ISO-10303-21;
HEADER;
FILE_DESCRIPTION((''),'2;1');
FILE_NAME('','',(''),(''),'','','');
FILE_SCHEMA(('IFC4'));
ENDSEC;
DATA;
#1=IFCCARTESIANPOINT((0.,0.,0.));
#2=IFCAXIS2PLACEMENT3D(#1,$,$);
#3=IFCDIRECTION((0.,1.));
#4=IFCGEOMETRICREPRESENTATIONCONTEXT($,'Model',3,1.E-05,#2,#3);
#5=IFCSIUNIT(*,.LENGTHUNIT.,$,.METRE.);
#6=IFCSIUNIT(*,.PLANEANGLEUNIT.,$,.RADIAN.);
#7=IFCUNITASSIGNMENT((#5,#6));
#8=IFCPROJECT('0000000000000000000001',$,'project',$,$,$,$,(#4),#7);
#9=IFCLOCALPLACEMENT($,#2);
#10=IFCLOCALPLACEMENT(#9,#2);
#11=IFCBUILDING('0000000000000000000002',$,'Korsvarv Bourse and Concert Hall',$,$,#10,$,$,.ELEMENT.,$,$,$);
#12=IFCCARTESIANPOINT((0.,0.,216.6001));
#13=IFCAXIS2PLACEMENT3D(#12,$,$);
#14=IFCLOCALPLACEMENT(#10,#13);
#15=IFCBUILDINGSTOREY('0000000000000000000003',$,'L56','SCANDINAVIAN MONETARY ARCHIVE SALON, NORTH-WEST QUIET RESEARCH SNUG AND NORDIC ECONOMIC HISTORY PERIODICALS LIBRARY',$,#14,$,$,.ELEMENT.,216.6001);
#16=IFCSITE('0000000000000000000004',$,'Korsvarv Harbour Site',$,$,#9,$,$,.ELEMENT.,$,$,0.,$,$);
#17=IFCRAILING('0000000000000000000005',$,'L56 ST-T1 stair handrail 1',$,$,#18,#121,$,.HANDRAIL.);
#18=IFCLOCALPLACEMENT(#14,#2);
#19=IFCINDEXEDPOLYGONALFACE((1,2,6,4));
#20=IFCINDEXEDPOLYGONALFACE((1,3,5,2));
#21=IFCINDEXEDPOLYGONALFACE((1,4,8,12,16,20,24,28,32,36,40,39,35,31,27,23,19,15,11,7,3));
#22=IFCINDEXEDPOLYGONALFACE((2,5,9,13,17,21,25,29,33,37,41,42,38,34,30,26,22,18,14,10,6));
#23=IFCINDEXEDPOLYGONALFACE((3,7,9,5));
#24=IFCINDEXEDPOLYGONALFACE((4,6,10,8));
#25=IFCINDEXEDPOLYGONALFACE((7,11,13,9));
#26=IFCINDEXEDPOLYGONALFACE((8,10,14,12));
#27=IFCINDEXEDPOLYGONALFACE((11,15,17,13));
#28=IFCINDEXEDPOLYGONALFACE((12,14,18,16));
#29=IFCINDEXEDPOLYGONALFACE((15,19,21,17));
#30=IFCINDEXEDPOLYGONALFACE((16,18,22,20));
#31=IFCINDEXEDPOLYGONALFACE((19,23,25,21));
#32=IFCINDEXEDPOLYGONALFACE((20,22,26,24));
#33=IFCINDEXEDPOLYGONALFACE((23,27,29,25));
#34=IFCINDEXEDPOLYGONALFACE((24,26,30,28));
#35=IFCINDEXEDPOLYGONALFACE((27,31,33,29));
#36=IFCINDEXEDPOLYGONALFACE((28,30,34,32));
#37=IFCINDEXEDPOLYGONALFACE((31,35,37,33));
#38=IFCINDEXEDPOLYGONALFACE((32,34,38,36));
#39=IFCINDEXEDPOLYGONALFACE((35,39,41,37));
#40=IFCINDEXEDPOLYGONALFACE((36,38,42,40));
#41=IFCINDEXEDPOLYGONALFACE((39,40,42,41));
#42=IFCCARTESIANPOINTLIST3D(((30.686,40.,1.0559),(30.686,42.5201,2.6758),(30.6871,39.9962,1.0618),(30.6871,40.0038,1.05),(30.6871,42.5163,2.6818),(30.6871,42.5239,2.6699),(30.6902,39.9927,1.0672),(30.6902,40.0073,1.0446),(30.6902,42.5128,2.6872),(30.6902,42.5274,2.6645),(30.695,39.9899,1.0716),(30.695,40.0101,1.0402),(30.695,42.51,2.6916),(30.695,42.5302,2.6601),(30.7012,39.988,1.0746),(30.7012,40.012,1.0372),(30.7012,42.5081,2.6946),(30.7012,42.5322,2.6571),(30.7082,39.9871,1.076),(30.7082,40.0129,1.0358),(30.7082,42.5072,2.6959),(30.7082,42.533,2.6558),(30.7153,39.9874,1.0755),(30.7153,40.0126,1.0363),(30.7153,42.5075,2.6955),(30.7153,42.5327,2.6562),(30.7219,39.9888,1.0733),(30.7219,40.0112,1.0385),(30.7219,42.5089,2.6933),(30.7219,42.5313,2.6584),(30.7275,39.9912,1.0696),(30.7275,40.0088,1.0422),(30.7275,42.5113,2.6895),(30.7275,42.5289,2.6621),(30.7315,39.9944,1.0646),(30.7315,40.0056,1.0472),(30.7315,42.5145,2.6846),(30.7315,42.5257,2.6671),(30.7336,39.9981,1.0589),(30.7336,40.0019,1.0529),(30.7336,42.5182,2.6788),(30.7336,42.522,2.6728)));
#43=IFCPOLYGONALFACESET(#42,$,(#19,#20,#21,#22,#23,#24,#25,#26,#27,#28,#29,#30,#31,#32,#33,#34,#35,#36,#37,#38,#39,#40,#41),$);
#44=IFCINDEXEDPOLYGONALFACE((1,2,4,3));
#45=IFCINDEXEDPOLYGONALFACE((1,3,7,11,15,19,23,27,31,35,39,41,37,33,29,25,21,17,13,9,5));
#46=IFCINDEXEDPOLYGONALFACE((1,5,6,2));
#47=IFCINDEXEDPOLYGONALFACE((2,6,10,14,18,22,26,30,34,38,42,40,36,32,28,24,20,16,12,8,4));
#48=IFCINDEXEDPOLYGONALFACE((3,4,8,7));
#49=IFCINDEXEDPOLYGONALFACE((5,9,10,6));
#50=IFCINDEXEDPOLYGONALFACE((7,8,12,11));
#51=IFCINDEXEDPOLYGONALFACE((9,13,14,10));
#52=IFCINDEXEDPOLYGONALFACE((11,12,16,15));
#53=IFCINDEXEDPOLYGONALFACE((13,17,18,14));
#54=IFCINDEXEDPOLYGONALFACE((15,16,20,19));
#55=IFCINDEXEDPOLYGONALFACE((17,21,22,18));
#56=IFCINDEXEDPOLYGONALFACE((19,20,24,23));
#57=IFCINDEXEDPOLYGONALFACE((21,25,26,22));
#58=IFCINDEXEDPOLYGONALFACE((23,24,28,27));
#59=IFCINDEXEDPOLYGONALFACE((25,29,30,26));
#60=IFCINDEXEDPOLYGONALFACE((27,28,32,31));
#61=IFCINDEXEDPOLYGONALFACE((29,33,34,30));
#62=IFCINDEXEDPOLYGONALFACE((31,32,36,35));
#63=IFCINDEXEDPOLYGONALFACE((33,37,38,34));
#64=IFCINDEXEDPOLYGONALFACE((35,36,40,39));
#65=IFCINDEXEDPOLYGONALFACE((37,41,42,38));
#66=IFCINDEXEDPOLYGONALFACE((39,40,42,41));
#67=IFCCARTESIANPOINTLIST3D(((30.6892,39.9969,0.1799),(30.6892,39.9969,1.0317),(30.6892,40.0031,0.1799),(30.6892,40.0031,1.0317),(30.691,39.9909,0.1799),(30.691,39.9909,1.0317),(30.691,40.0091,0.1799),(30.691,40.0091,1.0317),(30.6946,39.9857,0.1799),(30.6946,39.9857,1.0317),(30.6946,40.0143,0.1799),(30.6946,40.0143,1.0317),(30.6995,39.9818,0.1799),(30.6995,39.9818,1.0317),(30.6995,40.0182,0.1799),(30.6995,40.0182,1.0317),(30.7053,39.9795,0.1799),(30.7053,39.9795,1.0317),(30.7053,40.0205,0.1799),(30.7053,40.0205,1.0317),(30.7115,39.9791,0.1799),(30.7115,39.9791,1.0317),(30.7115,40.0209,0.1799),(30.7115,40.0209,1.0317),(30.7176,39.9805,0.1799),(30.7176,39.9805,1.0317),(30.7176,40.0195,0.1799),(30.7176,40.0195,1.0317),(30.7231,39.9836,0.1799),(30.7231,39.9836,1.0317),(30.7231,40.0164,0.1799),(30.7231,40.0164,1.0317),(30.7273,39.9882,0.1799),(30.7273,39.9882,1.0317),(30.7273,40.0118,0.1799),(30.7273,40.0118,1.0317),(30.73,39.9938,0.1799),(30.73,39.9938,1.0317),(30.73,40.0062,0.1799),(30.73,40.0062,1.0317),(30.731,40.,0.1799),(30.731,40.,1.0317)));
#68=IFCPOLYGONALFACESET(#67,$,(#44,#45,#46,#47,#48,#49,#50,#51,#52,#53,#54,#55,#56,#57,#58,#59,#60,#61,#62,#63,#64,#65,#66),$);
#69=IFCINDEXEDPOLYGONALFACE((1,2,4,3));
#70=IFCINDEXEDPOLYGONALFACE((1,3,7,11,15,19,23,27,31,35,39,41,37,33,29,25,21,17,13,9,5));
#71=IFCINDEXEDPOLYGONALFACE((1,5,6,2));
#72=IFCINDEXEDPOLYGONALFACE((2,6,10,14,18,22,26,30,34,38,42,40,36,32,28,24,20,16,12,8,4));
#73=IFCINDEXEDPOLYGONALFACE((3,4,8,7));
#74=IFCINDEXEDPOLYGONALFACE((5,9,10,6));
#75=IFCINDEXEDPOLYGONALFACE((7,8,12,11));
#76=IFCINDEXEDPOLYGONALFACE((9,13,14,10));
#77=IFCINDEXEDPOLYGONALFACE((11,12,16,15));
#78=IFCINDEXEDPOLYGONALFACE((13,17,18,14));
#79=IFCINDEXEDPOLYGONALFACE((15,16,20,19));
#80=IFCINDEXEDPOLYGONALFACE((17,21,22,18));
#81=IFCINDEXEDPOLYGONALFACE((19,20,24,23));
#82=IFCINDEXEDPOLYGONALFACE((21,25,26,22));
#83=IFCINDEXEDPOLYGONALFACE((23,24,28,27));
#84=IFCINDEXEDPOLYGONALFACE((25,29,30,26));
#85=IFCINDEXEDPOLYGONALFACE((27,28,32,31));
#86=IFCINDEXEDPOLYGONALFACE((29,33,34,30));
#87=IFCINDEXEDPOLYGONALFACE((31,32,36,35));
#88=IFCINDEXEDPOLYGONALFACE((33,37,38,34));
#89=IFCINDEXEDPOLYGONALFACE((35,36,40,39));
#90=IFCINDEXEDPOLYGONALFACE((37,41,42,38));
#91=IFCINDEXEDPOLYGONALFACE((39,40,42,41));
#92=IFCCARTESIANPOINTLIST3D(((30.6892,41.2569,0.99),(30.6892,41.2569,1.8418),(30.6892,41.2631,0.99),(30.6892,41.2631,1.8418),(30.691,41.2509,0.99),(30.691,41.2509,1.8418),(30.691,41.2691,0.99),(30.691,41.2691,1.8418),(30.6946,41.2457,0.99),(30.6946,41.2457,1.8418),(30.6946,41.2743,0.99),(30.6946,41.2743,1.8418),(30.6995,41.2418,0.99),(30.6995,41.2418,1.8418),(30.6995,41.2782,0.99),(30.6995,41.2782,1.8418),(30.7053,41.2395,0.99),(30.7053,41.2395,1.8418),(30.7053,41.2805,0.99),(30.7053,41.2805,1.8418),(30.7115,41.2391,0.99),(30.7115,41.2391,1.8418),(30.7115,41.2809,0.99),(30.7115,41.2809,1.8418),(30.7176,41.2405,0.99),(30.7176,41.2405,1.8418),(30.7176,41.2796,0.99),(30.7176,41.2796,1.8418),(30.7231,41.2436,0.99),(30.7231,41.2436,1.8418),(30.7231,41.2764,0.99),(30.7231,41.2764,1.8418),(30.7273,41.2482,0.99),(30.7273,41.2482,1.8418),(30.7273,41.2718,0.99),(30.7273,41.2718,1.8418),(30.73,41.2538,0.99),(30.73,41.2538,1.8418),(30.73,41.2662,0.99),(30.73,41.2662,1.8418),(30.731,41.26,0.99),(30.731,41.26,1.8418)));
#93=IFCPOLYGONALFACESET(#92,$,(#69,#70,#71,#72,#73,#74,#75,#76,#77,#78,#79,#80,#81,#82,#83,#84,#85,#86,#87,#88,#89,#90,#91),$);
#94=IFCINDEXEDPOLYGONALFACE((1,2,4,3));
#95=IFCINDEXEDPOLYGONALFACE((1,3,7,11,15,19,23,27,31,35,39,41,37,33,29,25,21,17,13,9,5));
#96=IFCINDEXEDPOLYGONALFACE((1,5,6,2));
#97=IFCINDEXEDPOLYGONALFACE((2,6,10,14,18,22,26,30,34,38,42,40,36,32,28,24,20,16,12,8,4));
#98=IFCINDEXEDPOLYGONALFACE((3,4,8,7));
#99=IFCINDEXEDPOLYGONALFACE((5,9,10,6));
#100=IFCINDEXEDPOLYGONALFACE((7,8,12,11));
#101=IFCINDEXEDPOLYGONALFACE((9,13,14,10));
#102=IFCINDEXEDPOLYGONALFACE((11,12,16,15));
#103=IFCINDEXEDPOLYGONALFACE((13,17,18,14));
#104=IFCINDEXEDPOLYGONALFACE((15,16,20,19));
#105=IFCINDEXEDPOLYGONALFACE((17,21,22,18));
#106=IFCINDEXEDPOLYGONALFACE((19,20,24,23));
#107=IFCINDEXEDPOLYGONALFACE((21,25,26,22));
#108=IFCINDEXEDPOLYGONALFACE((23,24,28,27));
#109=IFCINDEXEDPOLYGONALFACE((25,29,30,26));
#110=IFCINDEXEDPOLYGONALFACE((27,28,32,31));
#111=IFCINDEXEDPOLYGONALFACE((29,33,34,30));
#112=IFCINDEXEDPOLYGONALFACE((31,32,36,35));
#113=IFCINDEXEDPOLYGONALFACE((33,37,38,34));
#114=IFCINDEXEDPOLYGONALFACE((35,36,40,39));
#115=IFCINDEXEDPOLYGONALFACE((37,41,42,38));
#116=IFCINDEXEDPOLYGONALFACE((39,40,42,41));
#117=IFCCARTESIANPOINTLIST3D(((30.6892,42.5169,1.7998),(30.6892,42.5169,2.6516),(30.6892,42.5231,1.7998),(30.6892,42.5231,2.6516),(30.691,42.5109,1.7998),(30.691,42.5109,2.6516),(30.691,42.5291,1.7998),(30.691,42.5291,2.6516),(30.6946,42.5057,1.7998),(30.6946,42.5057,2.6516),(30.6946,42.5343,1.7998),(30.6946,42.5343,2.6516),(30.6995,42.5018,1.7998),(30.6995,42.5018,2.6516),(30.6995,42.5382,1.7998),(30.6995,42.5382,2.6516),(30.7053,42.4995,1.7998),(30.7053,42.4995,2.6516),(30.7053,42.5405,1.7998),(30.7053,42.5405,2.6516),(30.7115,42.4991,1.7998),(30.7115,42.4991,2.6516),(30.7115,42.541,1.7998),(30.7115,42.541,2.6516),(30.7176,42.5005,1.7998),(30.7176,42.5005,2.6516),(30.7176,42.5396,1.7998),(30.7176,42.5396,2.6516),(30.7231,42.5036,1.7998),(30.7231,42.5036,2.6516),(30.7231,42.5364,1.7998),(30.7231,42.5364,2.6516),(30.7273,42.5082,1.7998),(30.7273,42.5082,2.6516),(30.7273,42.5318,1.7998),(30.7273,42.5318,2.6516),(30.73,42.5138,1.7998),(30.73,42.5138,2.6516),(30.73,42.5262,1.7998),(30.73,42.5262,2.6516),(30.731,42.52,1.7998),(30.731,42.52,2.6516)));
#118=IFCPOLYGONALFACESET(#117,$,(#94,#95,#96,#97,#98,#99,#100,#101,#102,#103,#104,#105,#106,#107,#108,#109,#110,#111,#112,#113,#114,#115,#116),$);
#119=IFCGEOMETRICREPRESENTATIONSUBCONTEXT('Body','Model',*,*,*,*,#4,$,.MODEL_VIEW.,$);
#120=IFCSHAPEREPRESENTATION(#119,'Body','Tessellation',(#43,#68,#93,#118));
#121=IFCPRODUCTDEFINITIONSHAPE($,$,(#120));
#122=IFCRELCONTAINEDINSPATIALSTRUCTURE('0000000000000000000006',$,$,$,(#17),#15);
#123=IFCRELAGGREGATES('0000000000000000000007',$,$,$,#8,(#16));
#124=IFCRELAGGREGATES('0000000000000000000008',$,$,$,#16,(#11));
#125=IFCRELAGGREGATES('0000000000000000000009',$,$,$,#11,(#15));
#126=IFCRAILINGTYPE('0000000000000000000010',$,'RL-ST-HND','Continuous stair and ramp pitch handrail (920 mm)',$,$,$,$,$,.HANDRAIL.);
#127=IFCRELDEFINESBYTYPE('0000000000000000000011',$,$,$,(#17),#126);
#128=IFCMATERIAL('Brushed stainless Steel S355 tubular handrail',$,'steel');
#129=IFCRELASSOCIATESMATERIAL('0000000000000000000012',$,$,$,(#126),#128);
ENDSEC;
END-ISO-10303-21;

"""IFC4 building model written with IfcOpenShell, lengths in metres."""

from ifc_helpers import new_model, si_unit, direction, frame, origin, origin_2d, place, context, subcontext, project, spatial, circle, extrude, material, type_object, element, save


model = new_model("IFC4")

# Units and contexts
model_context = context("Model", 3, precision=1e-05, world=origin(), true_north=direction((0.0, 1.0)))
body_context = subcontext(model_context, "Body", "Model", "MODEL_VIEW")
ifc_project = project(units=[si_unit("LENGTHUNIT", "METRE"), si_unit("PLANEANGLEUNIT", "RADIAN")], contexts=[model_context])

# Site, building, storey
site_placement = place(None, origin())
site = spatial("IfcSite", under=ifc_project, at=site_placement, Name="Korsvarv Harbour Site", CompositionType="ELEMENT", RefElevation=0.0)
building_placement = place(site_placement, origin())
building = spatial("IfcBuilding", under=site, at=building_placement, Name="Korsvarv Bourse and Concert Hall", CompositionType="ELEMENT")
storey_placement = place(building_placement, frame((0.0, 0.0, 216.6001)))
storey = spatial("IfcBuildingStorey", under=building, at=storey_placement, Name="L56", Description="SCANDINAVIAN MONETARY ARCHIVE SALON, NORTH-WEST QUIET RESEARCH SNUG AND NORDIC ECONOMIC HISTORY PERIODICALS LIBRARY", CompositionType="ELEMENT", Elevation=216.6001)

# Railing
ifc_material_1 = material(Name="Brushed stainless Steel S355 tubular handrail", Category="steel")
railing_type_1 = type_object("IfcRailingType", Name="RL-ST-HND", Description="Continuous stair and ramp pitch handrail (920 mm)", PredefinedType="HANDRAIL", material=ifc_material_1)
railing_1_placement = place(storey_placement, frame((30.71, 40.0, 0.1799)))
element("IfcRailing", 1, at=railing_1_placement, inside=storey, type_object=railing_type_1, Name="L56 ST-T1 stair handrail 1", PredefinedType="HANDRAIL", context=body_context, shape_type="SweptSolid", body=[
    extrude(circle(Radius=0.0239, at=origin_2d()), frame((0.0, 0.0, 0.876), z_axis=(0.0, 0.8412, 0.540725), x_axis=(-1.0, 0.0, 0.0)), (0.0, 0.0, 1.0), 2.9958),
    extrude(circle(Radius=0.021, at=origin_2d()), origin(), (0.0, 0.0, 1.0), 0.8518),
    extrude(circle(Radius=0.021, at=origin_2d()), frame((0.0, 1.26, 0.8101)), (0.0, 0.0, 1.0), 0.8518),
    extrude(circle(Radius=0.021, at=origin_2d()), frame((0.0, 2.52, 1.6199)), (0.0, 0.0, 1.0), 0.8518),
])

save(model, "model.ifc")
